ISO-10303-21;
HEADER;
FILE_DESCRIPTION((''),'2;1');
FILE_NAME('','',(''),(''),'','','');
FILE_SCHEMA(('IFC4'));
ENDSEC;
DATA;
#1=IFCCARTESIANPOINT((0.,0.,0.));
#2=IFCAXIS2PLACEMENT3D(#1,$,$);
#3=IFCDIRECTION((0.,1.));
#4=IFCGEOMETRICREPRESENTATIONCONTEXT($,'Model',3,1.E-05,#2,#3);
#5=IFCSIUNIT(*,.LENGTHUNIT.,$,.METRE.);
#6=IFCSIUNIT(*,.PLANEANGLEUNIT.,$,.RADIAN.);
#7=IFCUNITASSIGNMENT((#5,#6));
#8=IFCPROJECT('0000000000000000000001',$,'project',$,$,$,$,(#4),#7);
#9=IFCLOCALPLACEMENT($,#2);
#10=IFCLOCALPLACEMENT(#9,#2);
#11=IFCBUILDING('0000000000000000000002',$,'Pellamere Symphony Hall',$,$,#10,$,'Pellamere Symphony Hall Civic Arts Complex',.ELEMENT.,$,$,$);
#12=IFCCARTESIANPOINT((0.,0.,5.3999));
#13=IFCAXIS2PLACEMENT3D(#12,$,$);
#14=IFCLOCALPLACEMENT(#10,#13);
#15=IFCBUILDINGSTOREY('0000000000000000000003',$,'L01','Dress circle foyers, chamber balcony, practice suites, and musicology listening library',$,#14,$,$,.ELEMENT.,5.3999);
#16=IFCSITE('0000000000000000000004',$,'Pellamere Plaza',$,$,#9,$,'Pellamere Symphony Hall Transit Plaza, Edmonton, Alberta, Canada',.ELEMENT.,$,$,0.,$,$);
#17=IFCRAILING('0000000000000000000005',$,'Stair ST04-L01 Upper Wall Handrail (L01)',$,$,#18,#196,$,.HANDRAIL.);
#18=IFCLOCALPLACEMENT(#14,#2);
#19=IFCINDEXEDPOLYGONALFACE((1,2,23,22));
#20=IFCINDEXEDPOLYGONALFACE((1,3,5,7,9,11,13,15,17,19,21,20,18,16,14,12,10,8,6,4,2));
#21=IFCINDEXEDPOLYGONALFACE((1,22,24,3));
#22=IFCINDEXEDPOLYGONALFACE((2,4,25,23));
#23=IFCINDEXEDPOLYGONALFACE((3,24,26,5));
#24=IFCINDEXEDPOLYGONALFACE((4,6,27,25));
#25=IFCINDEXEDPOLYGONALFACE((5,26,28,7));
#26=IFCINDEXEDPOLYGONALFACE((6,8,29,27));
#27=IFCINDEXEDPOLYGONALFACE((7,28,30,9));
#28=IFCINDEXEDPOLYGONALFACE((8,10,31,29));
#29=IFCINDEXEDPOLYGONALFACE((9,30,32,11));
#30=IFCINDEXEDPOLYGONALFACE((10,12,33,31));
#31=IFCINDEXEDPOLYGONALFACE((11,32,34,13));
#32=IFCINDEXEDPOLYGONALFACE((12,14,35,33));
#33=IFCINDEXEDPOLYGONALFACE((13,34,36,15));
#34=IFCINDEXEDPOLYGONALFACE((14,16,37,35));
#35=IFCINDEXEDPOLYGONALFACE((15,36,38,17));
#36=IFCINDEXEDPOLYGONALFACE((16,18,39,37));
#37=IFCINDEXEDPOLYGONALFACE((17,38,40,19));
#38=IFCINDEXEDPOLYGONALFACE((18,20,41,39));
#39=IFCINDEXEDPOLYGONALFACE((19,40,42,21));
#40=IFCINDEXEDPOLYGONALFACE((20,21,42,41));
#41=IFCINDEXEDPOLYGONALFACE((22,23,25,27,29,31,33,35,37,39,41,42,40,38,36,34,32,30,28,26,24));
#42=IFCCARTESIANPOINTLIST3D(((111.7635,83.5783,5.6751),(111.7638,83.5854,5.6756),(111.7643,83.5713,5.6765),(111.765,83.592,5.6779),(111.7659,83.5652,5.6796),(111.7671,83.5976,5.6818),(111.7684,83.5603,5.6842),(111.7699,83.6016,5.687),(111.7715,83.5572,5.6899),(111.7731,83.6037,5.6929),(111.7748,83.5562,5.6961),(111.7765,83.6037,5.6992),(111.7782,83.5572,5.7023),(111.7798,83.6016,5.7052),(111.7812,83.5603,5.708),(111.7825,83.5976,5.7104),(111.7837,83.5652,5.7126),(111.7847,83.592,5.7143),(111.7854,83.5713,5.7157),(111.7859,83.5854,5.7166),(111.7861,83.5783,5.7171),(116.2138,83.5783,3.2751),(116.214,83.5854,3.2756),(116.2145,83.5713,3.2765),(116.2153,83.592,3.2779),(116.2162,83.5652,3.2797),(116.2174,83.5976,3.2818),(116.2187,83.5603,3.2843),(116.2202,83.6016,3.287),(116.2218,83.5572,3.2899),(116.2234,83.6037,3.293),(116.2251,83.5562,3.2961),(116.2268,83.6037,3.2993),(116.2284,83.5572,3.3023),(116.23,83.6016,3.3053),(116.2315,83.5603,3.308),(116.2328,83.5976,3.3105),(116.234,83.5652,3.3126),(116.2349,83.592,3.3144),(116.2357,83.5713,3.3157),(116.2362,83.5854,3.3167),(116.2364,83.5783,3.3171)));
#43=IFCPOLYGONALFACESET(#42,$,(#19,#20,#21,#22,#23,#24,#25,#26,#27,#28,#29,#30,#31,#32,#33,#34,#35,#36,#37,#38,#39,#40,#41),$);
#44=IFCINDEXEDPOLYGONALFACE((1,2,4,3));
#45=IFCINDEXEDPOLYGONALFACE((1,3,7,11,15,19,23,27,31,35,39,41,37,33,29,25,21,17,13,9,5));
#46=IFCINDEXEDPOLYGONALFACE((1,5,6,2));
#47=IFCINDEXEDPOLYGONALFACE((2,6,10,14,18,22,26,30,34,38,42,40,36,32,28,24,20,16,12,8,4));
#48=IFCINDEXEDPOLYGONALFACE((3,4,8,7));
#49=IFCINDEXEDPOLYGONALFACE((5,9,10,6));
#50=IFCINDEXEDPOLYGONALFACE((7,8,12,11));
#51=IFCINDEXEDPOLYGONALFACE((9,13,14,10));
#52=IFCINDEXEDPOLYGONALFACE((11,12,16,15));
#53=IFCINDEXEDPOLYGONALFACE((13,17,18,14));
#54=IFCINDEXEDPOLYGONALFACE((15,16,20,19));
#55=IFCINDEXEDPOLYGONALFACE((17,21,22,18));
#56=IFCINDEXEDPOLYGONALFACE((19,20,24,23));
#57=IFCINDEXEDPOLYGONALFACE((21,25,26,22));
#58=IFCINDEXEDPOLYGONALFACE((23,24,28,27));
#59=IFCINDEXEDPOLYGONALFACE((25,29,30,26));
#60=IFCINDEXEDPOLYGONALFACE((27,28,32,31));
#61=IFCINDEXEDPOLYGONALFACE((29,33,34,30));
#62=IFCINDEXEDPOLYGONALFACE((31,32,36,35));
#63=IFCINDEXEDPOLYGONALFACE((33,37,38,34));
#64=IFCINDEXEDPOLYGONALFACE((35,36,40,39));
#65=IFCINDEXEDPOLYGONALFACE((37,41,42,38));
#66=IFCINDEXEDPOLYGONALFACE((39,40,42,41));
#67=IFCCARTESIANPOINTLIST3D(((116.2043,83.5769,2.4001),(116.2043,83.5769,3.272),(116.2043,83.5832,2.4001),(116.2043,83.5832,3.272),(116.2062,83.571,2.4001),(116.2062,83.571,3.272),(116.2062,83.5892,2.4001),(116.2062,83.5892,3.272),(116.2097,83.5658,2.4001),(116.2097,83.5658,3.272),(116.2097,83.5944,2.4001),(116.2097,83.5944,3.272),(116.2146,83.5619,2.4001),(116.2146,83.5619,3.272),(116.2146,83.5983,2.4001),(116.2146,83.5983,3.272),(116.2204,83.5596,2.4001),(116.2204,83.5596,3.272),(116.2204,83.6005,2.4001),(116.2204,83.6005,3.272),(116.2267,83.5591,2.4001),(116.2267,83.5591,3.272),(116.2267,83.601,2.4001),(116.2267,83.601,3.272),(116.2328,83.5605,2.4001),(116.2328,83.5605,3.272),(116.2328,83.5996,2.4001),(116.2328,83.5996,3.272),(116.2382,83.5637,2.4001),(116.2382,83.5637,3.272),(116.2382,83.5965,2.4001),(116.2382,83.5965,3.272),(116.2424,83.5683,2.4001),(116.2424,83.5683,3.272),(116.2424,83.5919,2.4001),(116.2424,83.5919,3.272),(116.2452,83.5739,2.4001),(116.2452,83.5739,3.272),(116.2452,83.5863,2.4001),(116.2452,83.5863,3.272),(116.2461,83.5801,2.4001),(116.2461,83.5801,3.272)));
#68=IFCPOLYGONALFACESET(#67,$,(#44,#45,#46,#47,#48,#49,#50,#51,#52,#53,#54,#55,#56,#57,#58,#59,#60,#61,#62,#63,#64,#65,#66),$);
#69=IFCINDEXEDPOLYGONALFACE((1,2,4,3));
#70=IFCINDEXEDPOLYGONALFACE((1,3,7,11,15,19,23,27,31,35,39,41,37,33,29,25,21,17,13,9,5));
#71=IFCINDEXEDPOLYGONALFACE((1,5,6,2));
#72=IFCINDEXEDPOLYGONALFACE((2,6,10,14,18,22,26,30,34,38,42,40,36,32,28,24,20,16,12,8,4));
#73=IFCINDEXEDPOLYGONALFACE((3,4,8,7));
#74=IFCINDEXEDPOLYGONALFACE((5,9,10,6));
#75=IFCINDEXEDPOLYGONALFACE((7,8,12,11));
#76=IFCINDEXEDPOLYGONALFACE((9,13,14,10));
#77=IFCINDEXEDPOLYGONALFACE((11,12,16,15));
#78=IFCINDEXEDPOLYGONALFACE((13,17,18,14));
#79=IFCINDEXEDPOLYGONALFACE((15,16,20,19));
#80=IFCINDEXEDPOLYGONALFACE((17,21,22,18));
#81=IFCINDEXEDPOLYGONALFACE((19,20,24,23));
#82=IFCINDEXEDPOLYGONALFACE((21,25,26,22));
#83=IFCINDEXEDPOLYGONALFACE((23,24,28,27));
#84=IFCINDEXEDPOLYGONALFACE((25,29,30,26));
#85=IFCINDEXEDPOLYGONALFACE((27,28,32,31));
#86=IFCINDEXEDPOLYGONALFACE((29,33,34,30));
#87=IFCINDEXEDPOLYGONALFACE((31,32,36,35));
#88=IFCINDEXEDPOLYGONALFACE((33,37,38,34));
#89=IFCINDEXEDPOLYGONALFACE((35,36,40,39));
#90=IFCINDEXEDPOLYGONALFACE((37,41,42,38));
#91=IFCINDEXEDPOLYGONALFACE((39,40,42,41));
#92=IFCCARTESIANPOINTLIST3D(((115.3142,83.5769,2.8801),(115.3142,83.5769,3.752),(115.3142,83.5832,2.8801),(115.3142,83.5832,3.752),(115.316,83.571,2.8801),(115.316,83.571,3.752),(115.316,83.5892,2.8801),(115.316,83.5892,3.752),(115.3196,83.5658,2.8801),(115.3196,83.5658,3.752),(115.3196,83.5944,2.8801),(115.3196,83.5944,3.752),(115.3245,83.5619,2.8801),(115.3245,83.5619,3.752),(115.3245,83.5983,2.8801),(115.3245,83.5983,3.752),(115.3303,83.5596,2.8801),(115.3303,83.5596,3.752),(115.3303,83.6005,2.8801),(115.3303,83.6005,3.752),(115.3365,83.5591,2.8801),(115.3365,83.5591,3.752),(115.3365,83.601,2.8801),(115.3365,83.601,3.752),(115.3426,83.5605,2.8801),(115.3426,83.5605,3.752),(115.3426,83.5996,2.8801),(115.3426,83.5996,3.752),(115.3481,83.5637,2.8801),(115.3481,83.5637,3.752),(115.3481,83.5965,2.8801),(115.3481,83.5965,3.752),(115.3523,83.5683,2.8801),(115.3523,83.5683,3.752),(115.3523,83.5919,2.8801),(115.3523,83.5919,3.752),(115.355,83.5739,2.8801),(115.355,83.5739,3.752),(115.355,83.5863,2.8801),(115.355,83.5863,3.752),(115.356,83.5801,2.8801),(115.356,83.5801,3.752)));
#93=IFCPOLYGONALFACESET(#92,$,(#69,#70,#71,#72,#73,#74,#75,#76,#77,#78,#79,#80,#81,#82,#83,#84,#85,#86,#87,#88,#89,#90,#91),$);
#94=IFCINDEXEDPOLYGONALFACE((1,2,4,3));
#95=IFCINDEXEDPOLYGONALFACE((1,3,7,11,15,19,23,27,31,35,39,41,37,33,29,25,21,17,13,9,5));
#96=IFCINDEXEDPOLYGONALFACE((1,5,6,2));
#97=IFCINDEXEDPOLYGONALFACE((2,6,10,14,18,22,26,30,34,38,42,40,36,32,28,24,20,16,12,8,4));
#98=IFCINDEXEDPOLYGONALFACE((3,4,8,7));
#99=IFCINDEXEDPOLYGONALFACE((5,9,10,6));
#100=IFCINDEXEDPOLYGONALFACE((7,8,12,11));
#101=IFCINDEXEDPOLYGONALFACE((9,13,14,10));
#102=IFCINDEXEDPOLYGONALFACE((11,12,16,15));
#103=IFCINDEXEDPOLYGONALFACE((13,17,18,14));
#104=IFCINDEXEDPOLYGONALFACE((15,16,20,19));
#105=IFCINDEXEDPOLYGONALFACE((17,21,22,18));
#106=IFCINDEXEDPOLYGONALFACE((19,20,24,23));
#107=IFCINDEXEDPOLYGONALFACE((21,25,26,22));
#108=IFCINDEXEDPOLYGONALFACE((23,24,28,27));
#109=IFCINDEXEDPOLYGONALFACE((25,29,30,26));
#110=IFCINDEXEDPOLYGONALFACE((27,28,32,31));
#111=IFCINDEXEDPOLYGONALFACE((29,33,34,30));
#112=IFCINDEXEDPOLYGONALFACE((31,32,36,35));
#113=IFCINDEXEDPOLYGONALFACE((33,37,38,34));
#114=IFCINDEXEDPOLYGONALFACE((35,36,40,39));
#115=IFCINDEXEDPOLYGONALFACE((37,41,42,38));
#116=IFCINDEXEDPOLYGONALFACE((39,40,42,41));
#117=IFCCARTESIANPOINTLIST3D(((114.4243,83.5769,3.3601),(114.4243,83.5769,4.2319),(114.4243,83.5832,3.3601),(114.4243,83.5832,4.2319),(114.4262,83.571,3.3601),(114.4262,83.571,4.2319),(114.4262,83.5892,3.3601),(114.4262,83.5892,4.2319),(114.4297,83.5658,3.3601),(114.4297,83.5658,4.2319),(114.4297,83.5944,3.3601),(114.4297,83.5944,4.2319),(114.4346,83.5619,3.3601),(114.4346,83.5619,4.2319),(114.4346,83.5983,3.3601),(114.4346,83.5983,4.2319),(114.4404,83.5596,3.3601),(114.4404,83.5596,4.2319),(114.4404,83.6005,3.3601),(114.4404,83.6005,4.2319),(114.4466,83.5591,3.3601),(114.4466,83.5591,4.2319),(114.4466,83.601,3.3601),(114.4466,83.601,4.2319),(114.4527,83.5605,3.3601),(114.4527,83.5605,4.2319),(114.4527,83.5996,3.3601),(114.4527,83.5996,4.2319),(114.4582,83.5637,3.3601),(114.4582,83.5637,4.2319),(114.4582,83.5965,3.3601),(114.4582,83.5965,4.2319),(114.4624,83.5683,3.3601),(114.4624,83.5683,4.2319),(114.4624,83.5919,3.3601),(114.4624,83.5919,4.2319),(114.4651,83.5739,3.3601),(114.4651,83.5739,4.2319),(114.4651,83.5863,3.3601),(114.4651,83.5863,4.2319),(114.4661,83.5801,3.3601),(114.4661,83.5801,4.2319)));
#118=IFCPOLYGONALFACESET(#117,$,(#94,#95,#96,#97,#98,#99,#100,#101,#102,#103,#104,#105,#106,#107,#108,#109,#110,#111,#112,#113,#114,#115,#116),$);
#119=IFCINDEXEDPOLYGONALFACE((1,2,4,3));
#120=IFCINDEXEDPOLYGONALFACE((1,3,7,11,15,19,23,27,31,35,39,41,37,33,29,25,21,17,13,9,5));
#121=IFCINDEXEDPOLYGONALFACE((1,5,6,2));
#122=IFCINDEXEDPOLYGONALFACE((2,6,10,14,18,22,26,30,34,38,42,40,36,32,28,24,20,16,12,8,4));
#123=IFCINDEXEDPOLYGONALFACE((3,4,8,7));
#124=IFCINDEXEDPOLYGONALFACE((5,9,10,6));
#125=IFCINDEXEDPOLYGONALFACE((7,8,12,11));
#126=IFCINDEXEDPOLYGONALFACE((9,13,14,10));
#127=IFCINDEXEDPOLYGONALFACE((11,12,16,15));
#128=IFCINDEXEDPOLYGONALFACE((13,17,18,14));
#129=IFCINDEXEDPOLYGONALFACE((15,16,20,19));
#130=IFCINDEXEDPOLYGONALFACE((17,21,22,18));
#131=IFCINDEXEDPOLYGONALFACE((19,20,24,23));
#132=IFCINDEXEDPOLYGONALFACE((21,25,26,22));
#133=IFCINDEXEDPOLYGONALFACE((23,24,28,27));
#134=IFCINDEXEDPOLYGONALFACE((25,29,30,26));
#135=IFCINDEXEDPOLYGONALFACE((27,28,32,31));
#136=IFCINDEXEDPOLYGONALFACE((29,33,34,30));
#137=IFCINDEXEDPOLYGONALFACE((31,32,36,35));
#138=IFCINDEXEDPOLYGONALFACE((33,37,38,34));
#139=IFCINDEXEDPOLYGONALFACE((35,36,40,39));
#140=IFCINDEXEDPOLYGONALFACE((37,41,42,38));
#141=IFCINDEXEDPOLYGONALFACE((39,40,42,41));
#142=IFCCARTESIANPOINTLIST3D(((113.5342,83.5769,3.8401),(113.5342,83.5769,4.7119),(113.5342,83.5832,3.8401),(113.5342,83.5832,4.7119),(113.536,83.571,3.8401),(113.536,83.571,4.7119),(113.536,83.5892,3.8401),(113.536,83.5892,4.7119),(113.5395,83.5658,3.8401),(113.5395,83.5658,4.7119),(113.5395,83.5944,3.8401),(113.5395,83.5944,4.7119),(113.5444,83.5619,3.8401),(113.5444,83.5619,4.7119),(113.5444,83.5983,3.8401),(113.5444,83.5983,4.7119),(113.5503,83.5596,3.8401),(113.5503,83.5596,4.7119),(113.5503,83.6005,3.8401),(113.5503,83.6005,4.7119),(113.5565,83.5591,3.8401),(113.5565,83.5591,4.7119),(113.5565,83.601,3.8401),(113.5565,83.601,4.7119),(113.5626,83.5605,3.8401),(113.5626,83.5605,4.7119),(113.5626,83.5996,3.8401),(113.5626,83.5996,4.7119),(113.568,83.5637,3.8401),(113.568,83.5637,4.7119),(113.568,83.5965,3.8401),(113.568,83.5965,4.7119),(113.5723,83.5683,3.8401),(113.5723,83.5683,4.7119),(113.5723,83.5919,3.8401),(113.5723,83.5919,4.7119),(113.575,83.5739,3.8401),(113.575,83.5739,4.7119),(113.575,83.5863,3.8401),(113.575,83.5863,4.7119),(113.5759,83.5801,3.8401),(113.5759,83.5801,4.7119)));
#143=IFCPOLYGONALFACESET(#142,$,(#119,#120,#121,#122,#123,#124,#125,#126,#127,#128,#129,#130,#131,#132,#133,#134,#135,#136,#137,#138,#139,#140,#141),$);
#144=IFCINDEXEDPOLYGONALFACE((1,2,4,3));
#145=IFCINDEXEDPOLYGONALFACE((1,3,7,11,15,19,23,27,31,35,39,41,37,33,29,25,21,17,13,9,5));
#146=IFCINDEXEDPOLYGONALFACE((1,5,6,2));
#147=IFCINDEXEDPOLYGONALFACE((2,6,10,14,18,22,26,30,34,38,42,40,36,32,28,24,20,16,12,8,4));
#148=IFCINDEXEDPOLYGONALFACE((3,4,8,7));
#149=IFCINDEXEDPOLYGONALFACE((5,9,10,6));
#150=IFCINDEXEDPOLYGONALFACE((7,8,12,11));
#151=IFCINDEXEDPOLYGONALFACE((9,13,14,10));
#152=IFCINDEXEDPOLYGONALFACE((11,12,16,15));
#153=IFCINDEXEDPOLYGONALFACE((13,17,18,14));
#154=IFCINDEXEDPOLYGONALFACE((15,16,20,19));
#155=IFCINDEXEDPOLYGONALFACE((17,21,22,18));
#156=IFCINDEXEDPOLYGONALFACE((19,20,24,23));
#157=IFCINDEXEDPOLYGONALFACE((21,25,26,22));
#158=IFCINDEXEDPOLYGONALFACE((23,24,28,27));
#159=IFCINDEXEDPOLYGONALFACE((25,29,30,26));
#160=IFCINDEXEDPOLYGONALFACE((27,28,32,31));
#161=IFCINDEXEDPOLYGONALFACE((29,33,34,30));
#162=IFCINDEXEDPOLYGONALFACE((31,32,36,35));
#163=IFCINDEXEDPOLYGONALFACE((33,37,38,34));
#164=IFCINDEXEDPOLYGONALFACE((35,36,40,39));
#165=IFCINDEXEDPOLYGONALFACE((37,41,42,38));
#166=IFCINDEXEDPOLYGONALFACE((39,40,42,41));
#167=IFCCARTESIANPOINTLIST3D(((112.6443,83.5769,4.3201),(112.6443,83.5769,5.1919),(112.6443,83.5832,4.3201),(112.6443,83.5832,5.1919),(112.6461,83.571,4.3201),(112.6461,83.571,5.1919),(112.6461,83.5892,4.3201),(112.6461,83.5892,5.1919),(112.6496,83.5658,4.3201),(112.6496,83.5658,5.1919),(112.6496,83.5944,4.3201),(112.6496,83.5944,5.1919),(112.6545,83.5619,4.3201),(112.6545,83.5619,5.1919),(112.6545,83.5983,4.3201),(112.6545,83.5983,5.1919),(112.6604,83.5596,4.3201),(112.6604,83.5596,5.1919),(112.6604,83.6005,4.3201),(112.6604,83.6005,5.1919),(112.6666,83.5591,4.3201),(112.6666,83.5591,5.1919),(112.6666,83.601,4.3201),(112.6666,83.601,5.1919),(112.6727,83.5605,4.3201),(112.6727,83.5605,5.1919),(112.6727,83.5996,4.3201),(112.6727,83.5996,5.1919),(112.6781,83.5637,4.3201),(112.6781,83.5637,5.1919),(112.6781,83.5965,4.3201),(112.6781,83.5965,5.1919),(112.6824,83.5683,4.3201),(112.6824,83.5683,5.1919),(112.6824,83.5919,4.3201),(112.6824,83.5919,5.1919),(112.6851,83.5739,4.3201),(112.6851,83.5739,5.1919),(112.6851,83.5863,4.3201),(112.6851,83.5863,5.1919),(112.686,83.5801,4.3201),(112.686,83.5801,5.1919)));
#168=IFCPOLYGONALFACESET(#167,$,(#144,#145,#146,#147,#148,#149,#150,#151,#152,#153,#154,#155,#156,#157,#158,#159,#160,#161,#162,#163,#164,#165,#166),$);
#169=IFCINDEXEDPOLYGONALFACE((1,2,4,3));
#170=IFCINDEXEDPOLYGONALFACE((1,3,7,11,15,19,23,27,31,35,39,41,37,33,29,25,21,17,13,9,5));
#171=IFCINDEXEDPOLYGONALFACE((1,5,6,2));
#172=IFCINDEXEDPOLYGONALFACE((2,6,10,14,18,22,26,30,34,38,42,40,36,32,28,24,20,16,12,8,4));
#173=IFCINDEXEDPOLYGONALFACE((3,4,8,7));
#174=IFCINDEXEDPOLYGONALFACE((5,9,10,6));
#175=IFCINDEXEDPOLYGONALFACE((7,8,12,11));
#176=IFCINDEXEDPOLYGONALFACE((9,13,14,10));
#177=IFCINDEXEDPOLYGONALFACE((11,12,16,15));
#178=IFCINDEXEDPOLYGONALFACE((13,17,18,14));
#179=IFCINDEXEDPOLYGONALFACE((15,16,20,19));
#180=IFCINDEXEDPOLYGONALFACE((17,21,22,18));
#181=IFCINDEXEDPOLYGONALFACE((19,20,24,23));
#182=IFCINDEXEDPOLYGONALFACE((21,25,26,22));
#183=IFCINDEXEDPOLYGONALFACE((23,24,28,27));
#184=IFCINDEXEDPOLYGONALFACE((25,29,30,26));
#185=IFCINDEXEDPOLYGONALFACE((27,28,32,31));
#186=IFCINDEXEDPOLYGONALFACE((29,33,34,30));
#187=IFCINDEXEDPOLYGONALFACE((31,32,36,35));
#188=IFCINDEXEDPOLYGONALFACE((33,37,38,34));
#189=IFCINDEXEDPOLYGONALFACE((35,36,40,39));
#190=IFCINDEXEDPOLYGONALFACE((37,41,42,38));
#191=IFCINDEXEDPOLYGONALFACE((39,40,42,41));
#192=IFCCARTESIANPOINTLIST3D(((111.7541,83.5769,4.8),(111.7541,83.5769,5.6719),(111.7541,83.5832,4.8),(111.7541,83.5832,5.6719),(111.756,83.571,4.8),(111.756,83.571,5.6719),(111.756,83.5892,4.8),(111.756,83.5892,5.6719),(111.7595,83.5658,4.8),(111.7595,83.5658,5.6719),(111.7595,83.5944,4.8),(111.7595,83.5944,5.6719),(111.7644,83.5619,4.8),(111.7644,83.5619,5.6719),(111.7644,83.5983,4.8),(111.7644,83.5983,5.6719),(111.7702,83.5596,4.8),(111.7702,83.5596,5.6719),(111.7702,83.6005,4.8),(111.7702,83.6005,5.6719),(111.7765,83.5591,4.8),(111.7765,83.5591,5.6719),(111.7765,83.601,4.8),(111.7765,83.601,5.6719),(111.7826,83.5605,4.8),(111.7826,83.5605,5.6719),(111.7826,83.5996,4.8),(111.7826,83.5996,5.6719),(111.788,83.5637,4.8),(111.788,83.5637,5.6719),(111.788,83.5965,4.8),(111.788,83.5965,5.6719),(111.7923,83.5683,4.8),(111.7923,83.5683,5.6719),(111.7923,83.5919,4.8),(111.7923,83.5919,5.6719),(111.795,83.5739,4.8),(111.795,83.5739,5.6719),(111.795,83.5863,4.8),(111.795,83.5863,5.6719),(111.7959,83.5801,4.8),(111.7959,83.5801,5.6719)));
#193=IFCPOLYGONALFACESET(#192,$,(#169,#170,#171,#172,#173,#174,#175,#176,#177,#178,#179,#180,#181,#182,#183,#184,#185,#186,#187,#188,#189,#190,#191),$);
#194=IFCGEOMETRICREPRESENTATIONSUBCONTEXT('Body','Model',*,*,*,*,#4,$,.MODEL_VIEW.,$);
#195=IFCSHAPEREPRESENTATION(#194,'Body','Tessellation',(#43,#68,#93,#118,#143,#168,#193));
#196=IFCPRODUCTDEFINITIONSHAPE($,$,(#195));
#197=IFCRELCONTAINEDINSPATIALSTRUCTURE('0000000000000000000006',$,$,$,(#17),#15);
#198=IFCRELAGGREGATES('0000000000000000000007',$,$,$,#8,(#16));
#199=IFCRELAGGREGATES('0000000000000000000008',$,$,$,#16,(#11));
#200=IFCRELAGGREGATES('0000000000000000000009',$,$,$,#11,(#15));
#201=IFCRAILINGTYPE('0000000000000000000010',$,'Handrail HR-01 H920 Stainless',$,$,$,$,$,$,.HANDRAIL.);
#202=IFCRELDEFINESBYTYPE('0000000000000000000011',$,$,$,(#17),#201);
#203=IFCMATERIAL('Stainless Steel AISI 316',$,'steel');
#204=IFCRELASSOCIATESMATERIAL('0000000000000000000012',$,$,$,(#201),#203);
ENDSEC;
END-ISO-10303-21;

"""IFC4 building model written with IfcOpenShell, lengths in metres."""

from ifc_helpers import new_model, si_unit, direction, frame, origin, origin_2d, place, context, subcontext, project, spatial, circle, extrude, material, type_object, element, save


model = new_model("IFC4")

# Units and contexts
model_context = context("Model", 3, precision=1e-05, world=origin(), true_north=direction((0.0, 1.0)))
body_context = subcontext(model_context, "Body", "Model", "MODEL_VIEW")
ifc_project = project(units=[si_unit("LENGTHUNIT", "METRE"), si_unit("PLANEANGLEUNIT", "RADIAN")], contexts=[model_context])

# Site, building, storey
site_placement = place(None, origin())
site = spatial("IfcSite", under=ifc_project, at=site_placement, Name="Pellamere Plaza", LongName="Pellamere Symphony Hall Transit Plaza, Edmonton, Alberta, Canada", CompositionType="ELEMENT", RefElevation=0.0)
building_placement = place(site_placement, origin())
building = spatial("IfcBuilding", under=site, at=building_placement, Name="Pellamere Symphony Hall", LongName="Pellamere Symphony Hall Civic Arts Complex", CompositionType="ELEMENT")
storey_placement = place(building_placement, frame((0.0, 0.0, 5.3999)))
storey = spatial("IfcBuildingStorey", under=building, at=storey_placement, Name="L01", Description="Dress circle foyers, chamber balcony, practice suites, and musicology listening library", CompositionType="ELEMENT", Elevation=5.3999)

# Railing
ifc_material_1 = material(Name="Stainless Steel AISI 316", Category="steel")
railing_type_1 = type_object("IfcRailingType", Name="Handrail HR-01 H920 Stainless", PredefinedType="HANDRAIL", material=ifc_material_1)
railing_1_placement = place(storey_placement, frame((116.2251, 83.5801, 2.4001)))
element("IfcRailing", 1, at=railing_1_placement, inside=storey, type_object=railing_type_1, Name="Stair ST04-L01 Upper Wall Handrail (L01)", PredefinedType="HANDRAIL", context=body_context, shape_type="SweptSolid", body=[
    extrude(circle(Radius=0.0239, at=origin_2d()), frame((0.0, 0.0, 0.896), z_axis=(-0.88017, 0.0, 0.474658), x_axis=(0.0, -1.0, 0.0)), (0.0, 0.0, 1.0), 5.0562),
    extrude(circle(Radius=0.021, at=origin_2d()), origin(), (0.0, 0.0, 1.0), 0.8718),
    extrude(circle(Radius=0.021, at=origin_2d()), frame((-0.8901, 0.0, 0.48)), (0.0, 0.0, 1.0), 0.8718),
    extrude(circle(Radius=0.021, at=origin_2d()), frame((-1.78, 0.0, 0.96)), (0.0, 0.0, 1.0), 0.8718),
    extrude(circle(Radius=0.021, at=origin_2d()), frame((-2.6702, 0.0, 1.4399)), (0.0, 0.0, 1.0), 0.8718),
    extrude(circle(Radius=0.021, at=origin_2d()), frame((-3.5601, 0.0, 1.9199)), (0.0, 0.0, 1.0), 0.8718),
    extrude(circle(Radius=0.021, at=origin_2d()), frame((-4.4502, 0.0, 2.3999)), (0.0, 0.0, 1.0), 0.8718),
])

save(model, "model.ifc")
